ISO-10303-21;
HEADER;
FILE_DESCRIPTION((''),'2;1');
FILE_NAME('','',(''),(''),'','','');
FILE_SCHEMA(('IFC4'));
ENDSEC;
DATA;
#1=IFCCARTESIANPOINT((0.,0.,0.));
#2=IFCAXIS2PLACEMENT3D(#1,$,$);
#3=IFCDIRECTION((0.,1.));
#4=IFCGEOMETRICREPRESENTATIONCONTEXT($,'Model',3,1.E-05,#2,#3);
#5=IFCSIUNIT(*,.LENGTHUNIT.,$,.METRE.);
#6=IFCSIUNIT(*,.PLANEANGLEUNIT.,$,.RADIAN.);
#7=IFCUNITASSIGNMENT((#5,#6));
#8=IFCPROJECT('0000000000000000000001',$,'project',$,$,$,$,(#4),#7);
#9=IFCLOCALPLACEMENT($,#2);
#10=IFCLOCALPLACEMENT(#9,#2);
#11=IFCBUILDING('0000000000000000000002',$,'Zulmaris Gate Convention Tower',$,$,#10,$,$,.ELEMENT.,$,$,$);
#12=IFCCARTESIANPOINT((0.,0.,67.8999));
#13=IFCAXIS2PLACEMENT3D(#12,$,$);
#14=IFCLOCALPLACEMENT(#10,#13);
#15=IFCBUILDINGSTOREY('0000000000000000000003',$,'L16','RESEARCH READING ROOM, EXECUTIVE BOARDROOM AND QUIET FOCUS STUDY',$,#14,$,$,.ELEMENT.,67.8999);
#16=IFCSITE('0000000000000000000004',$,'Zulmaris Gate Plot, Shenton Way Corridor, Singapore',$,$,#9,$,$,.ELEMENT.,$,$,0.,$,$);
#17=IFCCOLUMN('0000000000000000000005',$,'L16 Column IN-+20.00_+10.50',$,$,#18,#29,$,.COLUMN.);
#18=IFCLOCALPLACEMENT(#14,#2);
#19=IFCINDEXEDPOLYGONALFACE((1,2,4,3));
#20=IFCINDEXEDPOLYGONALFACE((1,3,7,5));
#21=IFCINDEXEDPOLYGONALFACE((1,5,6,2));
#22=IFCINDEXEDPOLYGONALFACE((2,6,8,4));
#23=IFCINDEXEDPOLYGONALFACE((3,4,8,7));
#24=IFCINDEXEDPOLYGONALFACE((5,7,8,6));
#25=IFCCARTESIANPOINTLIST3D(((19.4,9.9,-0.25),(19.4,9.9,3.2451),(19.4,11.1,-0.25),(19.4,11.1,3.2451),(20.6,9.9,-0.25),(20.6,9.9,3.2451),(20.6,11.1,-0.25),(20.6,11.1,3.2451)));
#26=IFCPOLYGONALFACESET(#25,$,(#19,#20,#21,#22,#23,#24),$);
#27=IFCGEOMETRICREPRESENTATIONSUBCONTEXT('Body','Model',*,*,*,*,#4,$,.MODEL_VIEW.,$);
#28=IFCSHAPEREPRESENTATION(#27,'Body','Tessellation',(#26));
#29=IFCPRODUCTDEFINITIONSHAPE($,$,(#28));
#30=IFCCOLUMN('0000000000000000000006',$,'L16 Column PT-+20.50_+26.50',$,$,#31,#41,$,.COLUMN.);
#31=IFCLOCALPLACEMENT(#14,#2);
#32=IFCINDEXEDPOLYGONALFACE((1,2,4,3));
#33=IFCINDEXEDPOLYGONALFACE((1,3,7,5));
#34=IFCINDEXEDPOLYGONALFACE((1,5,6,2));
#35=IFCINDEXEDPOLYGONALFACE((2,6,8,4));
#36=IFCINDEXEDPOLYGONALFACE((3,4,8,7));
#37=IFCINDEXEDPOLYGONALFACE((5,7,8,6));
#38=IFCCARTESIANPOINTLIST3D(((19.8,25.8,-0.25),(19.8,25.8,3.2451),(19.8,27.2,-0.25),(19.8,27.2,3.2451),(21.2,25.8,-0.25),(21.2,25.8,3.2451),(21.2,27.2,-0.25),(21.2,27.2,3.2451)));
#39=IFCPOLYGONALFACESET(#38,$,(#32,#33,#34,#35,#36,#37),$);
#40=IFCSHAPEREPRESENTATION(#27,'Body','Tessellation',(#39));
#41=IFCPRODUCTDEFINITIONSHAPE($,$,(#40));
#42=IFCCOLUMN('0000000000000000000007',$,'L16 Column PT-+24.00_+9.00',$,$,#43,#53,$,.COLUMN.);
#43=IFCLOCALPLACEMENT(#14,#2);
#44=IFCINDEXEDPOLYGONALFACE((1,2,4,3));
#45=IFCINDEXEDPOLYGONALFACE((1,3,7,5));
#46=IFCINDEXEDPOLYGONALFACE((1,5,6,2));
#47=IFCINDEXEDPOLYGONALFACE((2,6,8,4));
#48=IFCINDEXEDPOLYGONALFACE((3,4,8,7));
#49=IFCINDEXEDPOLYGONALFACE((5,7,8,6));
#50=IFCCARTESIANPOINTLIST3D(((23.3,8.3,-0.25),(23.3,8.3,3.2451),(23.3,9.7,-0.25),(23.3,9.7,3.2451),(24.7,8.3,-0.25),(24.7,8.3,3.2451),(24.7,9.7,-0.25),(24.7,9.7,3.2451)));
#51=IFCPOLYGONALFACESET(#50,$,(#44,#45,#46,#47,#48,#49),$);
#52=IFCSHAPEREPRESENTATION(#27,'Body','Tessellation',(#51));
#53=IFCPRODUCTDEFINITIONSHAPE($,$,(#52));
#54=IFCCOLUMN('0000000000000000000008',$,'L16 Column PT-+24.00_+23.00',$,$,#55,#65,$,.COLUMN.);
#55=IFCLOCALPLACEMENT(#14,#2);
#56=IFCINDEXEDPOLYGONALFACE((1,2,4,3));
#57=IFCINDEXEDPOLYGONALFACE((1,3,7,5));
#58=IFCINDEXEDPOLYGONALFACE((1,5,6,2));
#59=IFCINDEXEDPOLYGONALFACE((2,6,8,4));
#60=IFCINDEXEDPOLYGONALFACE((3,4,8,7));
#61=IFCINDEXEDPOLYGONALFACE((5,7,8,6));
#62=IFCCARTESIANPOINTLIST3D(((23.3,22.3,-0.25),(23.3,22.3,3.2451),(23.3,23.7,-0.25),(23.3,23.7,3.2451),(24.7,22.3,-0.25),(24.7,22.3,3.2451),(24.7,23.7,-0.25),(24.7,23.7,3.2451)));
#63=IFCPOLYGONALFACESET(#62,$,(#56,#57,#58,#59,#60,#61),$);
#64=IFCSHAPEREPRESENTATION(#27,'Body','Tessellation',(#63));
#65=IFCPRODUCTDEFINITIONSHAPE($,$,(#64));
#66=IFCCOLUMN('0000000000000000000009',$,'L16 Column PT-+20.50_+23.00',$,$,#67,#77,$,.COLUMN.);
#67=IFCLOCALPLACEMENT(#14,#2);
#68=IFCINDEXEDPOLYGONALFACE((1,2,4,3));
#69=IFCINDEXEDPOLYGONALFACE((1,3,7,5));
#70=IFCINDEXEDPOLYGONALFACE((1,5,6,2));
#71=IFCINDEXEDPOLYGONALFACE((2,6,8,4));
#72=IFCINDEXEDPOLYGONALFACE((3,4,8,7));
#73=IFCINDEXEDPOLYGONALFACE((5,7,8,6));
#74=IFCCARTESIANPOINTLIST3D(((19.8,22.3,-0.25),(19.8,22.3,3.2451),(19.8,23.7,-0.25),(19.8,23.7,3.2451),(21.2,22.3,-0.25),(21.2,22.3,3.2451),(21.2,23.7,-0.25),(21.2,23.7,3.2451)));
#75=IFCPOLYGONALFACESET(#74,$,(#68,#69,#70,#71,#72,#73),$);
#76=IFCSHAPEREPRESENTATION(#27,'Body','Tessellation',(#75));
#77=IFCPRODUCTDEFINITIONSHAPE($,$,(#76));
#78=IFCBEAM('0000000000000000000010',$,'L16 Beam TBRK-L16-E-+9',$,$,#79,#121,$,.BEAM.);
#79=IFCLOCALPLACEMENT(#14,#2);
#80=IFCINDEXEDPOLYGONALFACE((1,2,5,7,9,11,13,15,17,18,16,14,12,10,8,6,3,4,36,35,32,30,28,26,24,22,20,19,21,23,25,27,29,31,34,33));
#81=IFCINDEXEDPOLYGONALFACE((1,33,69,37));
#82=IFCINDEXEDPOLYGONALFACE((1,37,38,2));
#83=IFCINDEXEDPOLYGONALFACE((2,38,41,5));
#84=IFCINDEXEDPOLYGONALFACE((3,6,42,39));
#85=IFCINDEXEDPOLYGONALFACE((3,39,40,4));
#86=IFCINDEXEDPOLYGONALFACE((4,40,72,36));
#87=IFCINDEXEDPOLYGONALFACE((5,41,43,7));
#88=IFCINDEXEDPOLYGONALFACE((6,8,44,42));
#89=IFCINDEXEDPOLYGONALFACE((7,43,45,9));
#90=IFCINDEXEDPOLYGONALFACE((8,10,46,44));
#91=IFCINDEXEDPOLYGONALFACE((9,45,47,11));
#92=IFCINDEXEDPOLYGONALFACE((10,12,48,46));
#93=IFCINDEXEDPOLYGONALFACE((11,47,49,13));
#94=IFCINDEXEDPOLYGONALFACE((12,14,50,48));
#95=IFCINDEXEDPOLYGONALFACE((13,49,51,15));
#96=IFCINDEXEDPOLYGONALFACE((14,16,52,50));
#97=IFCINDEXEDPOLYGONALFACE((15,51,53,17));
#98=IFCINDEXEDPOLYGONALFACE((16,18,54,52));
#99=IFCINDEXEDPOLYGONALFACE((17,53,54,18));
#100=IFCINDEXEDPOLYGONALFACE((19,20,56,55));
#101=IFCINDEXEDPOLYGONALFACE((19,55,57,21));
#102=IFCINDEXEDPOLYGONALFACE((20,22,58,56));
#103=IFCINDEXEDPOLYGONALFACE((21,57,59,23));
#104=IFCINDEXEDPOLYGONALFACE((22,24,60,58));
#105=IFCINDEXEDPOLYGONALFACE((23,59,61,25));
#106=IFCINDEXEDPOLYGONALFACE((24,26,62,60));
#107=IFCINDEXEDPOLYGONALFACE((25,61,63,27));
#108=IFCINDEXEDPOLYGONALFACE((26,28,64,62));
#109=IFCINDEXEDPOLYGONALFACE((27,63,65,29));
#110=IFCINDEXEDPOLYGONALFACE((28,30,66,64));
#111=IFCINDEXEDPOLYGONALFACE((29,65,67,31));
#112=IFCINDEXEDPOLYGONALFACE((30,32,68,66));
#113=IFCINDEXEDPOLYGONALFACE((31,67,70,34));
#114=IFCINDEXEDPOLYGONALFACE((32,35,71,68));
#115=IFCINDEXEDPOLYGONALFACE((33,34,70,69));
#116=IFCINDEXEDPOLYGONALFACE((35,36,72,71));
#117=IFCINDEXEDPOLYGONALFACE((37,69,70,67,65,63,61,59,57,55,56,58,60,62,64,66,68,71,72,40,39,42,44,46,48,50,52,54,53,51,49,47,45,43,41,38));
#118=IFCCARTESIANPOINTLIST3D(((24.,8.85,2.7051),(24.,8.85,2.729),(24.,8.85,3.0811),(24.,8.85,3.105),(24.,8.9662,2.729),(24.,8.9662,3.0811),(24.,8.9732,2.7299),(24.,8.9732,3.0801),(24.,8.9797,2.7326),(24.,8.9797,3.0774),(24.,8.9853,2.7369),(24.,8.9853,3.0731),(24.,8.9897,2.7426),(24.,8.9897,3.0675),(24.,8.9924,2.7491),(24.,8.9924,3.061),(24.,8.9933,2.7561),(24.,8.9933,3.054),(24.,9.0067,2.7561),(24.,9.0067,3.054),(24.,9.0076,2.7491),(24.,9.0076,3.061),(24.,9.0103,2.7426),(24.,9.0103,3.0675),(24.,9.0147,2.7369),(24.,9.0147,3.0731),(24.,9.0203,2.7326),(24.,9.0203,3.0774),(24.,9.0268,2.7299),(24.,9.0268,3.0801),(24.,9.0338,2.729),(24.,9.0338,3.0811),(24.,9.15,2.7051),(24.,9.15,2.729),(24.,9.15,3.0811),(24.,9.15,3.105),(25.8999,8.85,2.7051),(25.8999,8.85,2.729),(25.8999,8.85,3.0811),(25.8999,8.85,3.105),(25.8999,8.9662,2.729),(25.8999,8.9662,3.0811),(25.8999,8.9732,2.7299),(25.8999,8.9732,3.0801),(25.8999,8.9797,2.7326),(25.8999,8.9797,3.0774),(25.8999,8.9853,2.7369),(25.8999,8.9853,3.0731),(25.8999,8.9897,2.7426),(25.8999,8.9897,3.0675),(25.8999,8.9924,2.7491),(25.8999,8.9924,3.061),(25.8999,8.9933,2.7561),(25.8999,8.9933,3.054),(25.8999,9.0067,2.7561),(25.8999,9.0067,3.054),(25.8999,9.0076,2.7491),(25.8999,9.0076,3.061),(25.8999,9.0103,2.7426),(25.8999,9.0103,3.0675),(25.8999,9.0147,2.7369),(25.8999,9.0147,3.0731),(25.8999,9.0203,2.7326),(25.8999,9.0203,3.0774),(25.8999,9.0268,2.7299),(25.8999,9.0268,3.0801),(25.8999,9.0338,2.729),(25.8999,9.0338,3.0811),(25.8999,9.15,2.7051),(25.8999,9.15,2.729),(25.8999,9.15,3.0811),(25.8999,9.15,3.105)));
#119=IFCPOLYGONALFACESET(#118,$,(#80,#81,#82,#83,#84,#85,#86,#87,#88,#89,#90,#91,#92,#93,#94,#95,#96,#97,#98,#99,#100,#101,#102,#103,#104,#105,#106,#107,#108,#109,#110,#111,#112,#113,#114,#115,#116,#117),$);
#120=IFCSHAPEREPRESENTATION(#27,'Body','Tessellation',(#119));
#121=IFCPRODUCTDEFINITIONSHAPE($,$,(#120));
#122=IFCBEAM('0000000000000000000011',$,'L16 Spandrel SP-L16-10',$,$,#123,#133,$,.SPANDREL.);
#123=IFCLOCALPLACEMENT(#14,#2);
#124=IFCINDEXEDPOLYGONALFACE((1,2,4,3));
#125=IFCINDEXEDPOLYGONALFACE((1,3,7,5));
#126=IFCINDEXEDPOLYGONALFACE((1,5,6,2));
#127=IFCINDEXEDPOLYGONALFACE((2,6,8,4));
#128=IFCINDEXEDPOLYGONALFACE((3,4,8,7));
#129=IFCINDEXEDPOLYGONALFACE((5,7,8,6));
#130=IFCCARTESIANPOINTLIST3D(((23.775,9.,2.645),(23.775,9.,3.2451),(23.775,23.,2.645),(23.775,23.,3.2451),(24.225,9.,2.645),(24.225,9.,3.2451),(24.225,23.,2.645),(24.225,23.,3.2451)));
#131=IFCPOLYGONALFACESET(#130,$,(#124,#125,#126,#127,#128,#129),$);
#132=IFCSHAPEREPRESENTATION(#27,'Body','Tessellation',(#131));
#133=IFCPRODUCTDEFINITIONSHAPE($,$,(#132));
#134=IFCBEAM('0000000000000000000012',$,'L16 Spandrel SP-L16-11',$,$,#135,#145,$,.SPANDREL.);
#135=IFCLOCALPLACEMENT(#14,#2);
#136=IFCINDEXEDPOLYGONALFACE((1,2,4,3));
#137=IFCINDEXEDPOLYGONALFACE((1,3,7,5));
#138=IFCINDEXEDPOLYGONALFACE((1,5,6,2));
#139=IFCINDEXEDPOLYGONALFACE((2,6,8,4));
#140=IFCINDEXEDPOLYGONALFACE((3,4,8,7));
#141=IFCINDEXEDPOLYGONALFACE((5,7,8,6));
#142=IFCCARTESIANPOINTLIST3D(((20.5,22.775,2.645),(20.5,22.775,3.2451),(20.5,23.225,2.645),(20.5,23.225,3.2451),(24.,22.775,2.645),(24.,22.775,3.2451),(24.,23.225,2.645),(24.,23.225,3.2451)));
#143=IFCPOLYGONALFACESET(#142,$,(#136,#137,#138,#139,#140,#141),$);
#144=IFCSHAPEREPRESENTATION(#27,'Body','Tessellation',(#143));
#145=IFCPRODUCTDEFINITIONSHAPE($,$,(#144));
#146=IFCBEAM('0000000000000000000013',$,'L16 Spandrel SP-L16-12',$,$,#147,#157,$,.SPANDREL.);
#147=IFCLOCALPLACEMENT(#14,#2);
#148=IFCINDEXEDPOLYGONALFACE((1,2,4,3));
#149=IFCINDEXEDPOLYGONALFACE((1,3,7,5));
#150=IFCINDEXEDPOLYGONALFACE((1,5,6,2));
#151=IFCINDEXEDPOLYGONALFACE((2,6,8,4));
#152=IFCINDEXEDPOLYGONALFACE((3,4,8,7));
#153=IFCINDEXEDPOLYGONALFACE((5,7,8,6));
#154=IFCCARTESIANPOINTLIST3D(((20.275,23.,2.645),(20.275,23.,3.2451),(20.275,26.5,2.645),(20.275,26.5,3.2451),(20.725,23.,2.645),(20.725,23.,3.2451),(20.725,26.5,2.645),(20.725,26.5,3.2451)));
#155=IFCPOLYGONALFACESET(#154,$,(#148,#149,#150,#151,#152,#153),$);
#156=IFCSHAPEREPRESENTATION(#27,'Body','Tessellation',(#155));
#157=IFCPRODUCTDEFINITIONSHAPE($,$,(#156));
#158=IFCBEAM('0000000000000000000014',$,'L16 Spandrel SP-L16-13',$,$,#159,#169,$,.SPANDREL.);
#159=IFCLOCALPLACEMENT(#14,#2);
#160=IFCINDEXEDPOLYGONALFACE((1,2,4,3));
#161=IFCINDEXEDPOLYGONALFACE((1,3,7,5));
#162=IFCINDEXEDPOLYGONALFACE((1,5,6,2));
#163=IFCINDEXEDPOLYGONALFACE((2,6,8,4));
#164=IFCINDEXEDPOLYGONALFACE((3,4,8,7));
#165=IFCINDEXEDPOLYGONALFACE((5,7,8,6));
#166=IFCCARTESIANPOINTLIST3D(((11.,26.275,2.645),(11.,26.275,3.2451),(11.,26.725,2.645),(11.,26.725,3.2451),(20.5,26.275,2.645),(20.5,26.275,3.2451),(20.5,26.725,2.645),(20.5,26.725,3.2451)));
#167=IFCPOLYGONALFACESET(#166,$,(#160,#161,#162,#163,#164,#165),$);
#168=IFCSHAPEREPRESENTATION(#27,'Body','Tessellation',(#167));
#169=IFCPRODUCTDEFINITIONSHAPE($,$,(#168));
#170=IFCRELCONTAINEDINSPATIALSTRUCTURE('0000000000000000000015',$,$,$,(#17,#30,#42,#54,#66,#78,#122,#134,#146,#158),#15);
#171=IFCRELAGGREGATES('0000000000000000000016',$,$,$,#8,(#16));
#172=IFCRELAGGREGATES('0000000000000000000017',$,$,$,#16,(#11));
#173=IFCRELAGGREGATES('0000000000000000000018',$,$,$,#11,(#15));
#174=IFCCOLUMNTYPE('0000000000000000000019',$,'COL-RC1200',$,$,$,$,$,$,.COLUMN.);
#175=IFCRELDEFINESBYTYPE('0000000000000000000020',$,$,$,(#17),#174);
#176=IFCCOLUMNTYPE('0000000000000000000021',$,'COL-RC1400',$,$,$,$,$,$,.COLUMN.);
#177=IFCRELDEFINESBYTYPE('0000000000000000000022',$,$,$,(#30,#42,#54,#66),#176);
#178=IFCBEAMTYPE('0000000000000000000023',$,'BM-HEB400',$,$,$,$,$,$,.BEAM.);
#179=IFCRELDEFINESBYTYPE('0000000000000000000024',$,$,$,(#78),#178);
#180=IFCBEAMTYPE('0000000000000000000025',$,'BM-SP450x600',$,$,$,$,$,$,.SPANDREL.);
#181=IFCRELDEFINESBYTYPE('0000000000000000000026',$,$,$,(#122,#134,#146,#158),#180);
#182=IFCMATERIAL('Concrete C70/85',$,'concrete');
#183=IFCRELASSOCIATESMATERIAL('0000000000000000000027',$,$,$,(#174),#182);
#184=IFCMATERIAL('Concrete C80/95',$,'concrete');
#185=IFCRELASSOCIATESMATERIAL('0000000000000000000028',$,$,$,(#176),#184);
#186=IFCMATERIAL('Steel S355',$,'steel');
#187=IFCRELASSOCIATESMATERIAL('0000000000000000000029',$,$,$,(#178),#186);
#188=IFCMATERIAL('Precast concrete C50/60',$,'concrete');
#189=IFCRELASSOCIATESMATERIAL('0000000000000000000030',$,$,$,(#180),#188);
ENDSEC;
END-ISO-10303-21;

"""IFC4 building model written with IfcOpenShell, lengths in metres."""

from ifc_helpers import new_model, si_unit, direction, frame, origin, origin_2d, place, context, subcontext, project, spatial, rectangle, i_section, extrude, material, material_profile, profile_set, type_object, element, save


model = new_model("IFC4")

# Units and contexts
model_context = context("Model", 3, precision=1e-05, world=origin(), true_north=direction((0.0, 1.0)))
body_context = subcontext(model_context, "Body", "Model", "MODEL_VIEW")
ifc_project = project(units=[si_unit("LENGTHUNIT", "METRE"), si_unit("PLANEANGLEUNIT", "RADIAN")], contexts=[model_context])

# Site, building, storey
site_placement = place(None, origin())
site = spatial("IfcSite", under=ifc_project, at=site_placement, Name="Zulmaris Gate Plot, Shenton Way Corridor, Singapore", CompositionType="ELEMENT", RefElevation=0.0)
building_placement = place(site_placement, origin())
building = spatial("IfcBuilding", under=site, at=building_placement, Name="Zulmaris Gate Convention Tower", CompositionType="ELEMENT")
storey_placement = place(building_placement, frame((0.0, 0.0, 67.8999)))
storey = spatial("IfcBuildingStorey", under=building, at=storey_placement, Name="L16", Description="RESEARCH READING ROOM, EXECUTIVE BOARDROOM AND QUIET FOCUS STUDY", CompositionType="ELEMENT", Elevation=67.8999)

# Columns
ifc_material_1 = material(Name="Concrete C70/85", Category="concrete")
ifc_material_profile_1 = material_profile(ifc_material_1, rectangle(XDim=1.2, YDim=1.2, at=origin_2d()), Name="RC COL 1200x1200")
ifc_profile_set_1 = profile_set([ifc_material_profile_1], Name="Concrete C70/85")
column_type_1 = type_object("IfcColumnType", Name="COL-RC1200", PredefinedType="COLUMN", material=ifc_profile_set_1)
column_placement = place(storey_placement, frame((20.0, 10.5, -0.25), z_axis=(0.0, 0.0, 1.0), x_axis=(1.0, 0.0, 0.0)))
element("IfcColumn", 1, at=column_placement, inside=storey, type_object=column_type_1, Name="L16 Column IN-+20.00_+10.50", PredefinedType="COLUMN", context=body_context, shape_type="SweptSolid", body=[
    extrude(rectangle(XDim=1.2, YDim=1.2, at=origin_2d()), origin(), (0.0, 0.0, 1.0), 3.4951),
])
ifc_material_2 = material(Name="Concrete C80/95", Category="concrete")
ifc_material_profile_2 = material_profile(ifc_material_2, rectangle(XDim=1.3999, YDim=1.3999, at=origin_2d()), Name="RC COL 1400x1400")
ifc_profile_set_2 = profile_set([ifc_material_profile_2], Name="Concrete C80/95")
column_type_2 = type_object("IfcColumnType", Name="COL-RC1400", PredefinedType="COLUMN", material=ifc_profile_set_2)
for number, where, z_axis, x_axis, name in (
    (2, (20.5, 26.5, -0.25), (0.0, 0.0, 1.0), (1.0, 0.0, 0.0), "L16 Column PT-+20.50_+26.50"),
    (3, (24.0, 9.0, -0.25), (0.0, 0.0, 1.0), (1.0, 0.0, 0.0), "L16 Column PT-+24.00_+9.00"),
    (4, (24.0, 23.0, -0.25), (0.0, 0.0, 1.0), (1.0, 0.0, 0.0), "L16 Column PT-+24.00_+23.00"),
    (5, (20.5, 23.0, -0.25), (0.0, 0.0, 1.0), (1.0, 0.0, 0.0), "L16 Column PT-+20.50_+23.00"),
):
    element("IfcColumn", number, at=place(storey_placement, frame(where, z_axis=z_axis, x_axis=x_axis)), inside=storey, type_object=column_type_2, Name=name, PredefinedType="COLUMN", context=body_context, shape_type="SweptSolid", body=[
        extrude(rectangle(XDim=1.3999, YDim=1.3999, at=origin_2d()), origin(), (0.0, 0.0, 1.0), 3.4951),
    ])

# Beams
ifc_material_3 = material(Name="Steel S355", Category="steel")
ifc_material_profile_3 = material_profile(ifc_material_3, i_section(OverallWidth=0.3, OverallDepth=0.3999, WebThickness=0.0134, FlangeThickness=0.0239, FilletRadius=0.0271, at=origin_2d()), Name="HEB 400")
ifc_profile_set_3 = profile_set([ifc_material_profile_3], Name="Steel S355")
beam_type_1 = type_object("IfcBeamType", Name="BM-HEB400", PredefinedType="BEAM", material=ifc_profile_set_3)
beam_1_placement = place(storey_placement, frame((24.0, 9.0, 2.905), z_axis=(1.0, 0.0, 0.0), x_axis=(0.0, 1.0, 0.0)))
element("IfcBeam", 6, at=beam_1_placement, inside=storey, type_object=beam_type_1, Name="L16 Beam TBRK-L16-E-+9", PredefinedType="BEAM", context=body_context, shape_type="SweptSolid", body=[
    extrude(i_section(OverallWidth=0.3, OverallDepth=0.3999, WebThickness=0.0134, FlangeThickness=0.0239, FilletRadius=0.0271, at=origin_2d()), origin(), (0.0, 0.0, 1.0), 1.8999),
])
ifc_material_4 = material(Name="Precast concrete C50/60", Category="concrete")
ifc_material_profile_4 = material_profile(ifc_material_4, rectangle(XDim=0.45, YDim=0.6001, at=origin_2d()), Name="RC SPANDREL 450x600")
ifc_profile_set_4 = profile_set([ifc_material_profile_4], Name="Precast concrete C50/60")
beam_type_2 = type_object("IfcBeamType", Name="BM-SP450x600", PredefinedType="SPANDREL", material=ifc_profile_set_4)
beam_2_placement = place(storey_placement, frame((24.0, 9.0, 2.9451), z_axis=(0.0, 1.0, 0.0), x_axis=(-1.0, 0.0, 0.0)))
element("IfcBeam", 7, at=beam_2_placement, inside=storey, type_object=beam_type_2, Name="L16 Spandrel SP-L16-10", PredefinedType="SPANDREL", context=body_context, shape_type="SweptSolid", body=[
    extrude(rectangle(XDim=0.45, YDim=0.6001, at=origin_2d()), origin(), (0.0, 0.0, 1.0), 14.0),
])
for number, where, z_axis, x_axis, name in (
    (8, (24.0, 23.0, 2.9451), (-1.0, 0.0, 0.0), (0.0, -1.0, 0.0), "L16 Spandrel SP-L16-11"),
    (9, (20.5, 23.0, 2.9451), (0.0, 1.0, 0.0), (-1.0, 0.0, 0.0), "L16 Spandrel SP-L16-12"),
):
    element("IfcBeam", number, at=place(storey_placement, frame(where, z_axis=z_axis, x_axis=x_axis)), inside=storey, type_object=beam_type_2, Name=name, PredefinedType="SPANDREL", context=body_context, shape_type="SweptSolid", body=[
        extrude(rectangle(XDim=0.45, YDim=0.6001, at=origin_2d()), origin(), (0.0, 0.0, 1.0), 3.5),
    ])
beam_3_placement = place(storey_placement, frame((20.5, 26.5, 2.9451), z_axis=(-1.0, 0.0, 0.0), x_axis=(0.0, -1.0, 0.0)))
element("IfcBeam", 10, at=beam_3_placement, inside=storey, type_object=beam_type_2, Name="L16 Spandrel SP-L16-13", PredefinedType="SPANDREL", context=body_context, shape_type="SweptSolid", body=[
    extrude(rectangle(XDim=0.45, YDim=0.6001, at=origin_2d()), origin(), (0.0, 0.0, 1.0), 9.5),
])

save(model, "model.ifc")
